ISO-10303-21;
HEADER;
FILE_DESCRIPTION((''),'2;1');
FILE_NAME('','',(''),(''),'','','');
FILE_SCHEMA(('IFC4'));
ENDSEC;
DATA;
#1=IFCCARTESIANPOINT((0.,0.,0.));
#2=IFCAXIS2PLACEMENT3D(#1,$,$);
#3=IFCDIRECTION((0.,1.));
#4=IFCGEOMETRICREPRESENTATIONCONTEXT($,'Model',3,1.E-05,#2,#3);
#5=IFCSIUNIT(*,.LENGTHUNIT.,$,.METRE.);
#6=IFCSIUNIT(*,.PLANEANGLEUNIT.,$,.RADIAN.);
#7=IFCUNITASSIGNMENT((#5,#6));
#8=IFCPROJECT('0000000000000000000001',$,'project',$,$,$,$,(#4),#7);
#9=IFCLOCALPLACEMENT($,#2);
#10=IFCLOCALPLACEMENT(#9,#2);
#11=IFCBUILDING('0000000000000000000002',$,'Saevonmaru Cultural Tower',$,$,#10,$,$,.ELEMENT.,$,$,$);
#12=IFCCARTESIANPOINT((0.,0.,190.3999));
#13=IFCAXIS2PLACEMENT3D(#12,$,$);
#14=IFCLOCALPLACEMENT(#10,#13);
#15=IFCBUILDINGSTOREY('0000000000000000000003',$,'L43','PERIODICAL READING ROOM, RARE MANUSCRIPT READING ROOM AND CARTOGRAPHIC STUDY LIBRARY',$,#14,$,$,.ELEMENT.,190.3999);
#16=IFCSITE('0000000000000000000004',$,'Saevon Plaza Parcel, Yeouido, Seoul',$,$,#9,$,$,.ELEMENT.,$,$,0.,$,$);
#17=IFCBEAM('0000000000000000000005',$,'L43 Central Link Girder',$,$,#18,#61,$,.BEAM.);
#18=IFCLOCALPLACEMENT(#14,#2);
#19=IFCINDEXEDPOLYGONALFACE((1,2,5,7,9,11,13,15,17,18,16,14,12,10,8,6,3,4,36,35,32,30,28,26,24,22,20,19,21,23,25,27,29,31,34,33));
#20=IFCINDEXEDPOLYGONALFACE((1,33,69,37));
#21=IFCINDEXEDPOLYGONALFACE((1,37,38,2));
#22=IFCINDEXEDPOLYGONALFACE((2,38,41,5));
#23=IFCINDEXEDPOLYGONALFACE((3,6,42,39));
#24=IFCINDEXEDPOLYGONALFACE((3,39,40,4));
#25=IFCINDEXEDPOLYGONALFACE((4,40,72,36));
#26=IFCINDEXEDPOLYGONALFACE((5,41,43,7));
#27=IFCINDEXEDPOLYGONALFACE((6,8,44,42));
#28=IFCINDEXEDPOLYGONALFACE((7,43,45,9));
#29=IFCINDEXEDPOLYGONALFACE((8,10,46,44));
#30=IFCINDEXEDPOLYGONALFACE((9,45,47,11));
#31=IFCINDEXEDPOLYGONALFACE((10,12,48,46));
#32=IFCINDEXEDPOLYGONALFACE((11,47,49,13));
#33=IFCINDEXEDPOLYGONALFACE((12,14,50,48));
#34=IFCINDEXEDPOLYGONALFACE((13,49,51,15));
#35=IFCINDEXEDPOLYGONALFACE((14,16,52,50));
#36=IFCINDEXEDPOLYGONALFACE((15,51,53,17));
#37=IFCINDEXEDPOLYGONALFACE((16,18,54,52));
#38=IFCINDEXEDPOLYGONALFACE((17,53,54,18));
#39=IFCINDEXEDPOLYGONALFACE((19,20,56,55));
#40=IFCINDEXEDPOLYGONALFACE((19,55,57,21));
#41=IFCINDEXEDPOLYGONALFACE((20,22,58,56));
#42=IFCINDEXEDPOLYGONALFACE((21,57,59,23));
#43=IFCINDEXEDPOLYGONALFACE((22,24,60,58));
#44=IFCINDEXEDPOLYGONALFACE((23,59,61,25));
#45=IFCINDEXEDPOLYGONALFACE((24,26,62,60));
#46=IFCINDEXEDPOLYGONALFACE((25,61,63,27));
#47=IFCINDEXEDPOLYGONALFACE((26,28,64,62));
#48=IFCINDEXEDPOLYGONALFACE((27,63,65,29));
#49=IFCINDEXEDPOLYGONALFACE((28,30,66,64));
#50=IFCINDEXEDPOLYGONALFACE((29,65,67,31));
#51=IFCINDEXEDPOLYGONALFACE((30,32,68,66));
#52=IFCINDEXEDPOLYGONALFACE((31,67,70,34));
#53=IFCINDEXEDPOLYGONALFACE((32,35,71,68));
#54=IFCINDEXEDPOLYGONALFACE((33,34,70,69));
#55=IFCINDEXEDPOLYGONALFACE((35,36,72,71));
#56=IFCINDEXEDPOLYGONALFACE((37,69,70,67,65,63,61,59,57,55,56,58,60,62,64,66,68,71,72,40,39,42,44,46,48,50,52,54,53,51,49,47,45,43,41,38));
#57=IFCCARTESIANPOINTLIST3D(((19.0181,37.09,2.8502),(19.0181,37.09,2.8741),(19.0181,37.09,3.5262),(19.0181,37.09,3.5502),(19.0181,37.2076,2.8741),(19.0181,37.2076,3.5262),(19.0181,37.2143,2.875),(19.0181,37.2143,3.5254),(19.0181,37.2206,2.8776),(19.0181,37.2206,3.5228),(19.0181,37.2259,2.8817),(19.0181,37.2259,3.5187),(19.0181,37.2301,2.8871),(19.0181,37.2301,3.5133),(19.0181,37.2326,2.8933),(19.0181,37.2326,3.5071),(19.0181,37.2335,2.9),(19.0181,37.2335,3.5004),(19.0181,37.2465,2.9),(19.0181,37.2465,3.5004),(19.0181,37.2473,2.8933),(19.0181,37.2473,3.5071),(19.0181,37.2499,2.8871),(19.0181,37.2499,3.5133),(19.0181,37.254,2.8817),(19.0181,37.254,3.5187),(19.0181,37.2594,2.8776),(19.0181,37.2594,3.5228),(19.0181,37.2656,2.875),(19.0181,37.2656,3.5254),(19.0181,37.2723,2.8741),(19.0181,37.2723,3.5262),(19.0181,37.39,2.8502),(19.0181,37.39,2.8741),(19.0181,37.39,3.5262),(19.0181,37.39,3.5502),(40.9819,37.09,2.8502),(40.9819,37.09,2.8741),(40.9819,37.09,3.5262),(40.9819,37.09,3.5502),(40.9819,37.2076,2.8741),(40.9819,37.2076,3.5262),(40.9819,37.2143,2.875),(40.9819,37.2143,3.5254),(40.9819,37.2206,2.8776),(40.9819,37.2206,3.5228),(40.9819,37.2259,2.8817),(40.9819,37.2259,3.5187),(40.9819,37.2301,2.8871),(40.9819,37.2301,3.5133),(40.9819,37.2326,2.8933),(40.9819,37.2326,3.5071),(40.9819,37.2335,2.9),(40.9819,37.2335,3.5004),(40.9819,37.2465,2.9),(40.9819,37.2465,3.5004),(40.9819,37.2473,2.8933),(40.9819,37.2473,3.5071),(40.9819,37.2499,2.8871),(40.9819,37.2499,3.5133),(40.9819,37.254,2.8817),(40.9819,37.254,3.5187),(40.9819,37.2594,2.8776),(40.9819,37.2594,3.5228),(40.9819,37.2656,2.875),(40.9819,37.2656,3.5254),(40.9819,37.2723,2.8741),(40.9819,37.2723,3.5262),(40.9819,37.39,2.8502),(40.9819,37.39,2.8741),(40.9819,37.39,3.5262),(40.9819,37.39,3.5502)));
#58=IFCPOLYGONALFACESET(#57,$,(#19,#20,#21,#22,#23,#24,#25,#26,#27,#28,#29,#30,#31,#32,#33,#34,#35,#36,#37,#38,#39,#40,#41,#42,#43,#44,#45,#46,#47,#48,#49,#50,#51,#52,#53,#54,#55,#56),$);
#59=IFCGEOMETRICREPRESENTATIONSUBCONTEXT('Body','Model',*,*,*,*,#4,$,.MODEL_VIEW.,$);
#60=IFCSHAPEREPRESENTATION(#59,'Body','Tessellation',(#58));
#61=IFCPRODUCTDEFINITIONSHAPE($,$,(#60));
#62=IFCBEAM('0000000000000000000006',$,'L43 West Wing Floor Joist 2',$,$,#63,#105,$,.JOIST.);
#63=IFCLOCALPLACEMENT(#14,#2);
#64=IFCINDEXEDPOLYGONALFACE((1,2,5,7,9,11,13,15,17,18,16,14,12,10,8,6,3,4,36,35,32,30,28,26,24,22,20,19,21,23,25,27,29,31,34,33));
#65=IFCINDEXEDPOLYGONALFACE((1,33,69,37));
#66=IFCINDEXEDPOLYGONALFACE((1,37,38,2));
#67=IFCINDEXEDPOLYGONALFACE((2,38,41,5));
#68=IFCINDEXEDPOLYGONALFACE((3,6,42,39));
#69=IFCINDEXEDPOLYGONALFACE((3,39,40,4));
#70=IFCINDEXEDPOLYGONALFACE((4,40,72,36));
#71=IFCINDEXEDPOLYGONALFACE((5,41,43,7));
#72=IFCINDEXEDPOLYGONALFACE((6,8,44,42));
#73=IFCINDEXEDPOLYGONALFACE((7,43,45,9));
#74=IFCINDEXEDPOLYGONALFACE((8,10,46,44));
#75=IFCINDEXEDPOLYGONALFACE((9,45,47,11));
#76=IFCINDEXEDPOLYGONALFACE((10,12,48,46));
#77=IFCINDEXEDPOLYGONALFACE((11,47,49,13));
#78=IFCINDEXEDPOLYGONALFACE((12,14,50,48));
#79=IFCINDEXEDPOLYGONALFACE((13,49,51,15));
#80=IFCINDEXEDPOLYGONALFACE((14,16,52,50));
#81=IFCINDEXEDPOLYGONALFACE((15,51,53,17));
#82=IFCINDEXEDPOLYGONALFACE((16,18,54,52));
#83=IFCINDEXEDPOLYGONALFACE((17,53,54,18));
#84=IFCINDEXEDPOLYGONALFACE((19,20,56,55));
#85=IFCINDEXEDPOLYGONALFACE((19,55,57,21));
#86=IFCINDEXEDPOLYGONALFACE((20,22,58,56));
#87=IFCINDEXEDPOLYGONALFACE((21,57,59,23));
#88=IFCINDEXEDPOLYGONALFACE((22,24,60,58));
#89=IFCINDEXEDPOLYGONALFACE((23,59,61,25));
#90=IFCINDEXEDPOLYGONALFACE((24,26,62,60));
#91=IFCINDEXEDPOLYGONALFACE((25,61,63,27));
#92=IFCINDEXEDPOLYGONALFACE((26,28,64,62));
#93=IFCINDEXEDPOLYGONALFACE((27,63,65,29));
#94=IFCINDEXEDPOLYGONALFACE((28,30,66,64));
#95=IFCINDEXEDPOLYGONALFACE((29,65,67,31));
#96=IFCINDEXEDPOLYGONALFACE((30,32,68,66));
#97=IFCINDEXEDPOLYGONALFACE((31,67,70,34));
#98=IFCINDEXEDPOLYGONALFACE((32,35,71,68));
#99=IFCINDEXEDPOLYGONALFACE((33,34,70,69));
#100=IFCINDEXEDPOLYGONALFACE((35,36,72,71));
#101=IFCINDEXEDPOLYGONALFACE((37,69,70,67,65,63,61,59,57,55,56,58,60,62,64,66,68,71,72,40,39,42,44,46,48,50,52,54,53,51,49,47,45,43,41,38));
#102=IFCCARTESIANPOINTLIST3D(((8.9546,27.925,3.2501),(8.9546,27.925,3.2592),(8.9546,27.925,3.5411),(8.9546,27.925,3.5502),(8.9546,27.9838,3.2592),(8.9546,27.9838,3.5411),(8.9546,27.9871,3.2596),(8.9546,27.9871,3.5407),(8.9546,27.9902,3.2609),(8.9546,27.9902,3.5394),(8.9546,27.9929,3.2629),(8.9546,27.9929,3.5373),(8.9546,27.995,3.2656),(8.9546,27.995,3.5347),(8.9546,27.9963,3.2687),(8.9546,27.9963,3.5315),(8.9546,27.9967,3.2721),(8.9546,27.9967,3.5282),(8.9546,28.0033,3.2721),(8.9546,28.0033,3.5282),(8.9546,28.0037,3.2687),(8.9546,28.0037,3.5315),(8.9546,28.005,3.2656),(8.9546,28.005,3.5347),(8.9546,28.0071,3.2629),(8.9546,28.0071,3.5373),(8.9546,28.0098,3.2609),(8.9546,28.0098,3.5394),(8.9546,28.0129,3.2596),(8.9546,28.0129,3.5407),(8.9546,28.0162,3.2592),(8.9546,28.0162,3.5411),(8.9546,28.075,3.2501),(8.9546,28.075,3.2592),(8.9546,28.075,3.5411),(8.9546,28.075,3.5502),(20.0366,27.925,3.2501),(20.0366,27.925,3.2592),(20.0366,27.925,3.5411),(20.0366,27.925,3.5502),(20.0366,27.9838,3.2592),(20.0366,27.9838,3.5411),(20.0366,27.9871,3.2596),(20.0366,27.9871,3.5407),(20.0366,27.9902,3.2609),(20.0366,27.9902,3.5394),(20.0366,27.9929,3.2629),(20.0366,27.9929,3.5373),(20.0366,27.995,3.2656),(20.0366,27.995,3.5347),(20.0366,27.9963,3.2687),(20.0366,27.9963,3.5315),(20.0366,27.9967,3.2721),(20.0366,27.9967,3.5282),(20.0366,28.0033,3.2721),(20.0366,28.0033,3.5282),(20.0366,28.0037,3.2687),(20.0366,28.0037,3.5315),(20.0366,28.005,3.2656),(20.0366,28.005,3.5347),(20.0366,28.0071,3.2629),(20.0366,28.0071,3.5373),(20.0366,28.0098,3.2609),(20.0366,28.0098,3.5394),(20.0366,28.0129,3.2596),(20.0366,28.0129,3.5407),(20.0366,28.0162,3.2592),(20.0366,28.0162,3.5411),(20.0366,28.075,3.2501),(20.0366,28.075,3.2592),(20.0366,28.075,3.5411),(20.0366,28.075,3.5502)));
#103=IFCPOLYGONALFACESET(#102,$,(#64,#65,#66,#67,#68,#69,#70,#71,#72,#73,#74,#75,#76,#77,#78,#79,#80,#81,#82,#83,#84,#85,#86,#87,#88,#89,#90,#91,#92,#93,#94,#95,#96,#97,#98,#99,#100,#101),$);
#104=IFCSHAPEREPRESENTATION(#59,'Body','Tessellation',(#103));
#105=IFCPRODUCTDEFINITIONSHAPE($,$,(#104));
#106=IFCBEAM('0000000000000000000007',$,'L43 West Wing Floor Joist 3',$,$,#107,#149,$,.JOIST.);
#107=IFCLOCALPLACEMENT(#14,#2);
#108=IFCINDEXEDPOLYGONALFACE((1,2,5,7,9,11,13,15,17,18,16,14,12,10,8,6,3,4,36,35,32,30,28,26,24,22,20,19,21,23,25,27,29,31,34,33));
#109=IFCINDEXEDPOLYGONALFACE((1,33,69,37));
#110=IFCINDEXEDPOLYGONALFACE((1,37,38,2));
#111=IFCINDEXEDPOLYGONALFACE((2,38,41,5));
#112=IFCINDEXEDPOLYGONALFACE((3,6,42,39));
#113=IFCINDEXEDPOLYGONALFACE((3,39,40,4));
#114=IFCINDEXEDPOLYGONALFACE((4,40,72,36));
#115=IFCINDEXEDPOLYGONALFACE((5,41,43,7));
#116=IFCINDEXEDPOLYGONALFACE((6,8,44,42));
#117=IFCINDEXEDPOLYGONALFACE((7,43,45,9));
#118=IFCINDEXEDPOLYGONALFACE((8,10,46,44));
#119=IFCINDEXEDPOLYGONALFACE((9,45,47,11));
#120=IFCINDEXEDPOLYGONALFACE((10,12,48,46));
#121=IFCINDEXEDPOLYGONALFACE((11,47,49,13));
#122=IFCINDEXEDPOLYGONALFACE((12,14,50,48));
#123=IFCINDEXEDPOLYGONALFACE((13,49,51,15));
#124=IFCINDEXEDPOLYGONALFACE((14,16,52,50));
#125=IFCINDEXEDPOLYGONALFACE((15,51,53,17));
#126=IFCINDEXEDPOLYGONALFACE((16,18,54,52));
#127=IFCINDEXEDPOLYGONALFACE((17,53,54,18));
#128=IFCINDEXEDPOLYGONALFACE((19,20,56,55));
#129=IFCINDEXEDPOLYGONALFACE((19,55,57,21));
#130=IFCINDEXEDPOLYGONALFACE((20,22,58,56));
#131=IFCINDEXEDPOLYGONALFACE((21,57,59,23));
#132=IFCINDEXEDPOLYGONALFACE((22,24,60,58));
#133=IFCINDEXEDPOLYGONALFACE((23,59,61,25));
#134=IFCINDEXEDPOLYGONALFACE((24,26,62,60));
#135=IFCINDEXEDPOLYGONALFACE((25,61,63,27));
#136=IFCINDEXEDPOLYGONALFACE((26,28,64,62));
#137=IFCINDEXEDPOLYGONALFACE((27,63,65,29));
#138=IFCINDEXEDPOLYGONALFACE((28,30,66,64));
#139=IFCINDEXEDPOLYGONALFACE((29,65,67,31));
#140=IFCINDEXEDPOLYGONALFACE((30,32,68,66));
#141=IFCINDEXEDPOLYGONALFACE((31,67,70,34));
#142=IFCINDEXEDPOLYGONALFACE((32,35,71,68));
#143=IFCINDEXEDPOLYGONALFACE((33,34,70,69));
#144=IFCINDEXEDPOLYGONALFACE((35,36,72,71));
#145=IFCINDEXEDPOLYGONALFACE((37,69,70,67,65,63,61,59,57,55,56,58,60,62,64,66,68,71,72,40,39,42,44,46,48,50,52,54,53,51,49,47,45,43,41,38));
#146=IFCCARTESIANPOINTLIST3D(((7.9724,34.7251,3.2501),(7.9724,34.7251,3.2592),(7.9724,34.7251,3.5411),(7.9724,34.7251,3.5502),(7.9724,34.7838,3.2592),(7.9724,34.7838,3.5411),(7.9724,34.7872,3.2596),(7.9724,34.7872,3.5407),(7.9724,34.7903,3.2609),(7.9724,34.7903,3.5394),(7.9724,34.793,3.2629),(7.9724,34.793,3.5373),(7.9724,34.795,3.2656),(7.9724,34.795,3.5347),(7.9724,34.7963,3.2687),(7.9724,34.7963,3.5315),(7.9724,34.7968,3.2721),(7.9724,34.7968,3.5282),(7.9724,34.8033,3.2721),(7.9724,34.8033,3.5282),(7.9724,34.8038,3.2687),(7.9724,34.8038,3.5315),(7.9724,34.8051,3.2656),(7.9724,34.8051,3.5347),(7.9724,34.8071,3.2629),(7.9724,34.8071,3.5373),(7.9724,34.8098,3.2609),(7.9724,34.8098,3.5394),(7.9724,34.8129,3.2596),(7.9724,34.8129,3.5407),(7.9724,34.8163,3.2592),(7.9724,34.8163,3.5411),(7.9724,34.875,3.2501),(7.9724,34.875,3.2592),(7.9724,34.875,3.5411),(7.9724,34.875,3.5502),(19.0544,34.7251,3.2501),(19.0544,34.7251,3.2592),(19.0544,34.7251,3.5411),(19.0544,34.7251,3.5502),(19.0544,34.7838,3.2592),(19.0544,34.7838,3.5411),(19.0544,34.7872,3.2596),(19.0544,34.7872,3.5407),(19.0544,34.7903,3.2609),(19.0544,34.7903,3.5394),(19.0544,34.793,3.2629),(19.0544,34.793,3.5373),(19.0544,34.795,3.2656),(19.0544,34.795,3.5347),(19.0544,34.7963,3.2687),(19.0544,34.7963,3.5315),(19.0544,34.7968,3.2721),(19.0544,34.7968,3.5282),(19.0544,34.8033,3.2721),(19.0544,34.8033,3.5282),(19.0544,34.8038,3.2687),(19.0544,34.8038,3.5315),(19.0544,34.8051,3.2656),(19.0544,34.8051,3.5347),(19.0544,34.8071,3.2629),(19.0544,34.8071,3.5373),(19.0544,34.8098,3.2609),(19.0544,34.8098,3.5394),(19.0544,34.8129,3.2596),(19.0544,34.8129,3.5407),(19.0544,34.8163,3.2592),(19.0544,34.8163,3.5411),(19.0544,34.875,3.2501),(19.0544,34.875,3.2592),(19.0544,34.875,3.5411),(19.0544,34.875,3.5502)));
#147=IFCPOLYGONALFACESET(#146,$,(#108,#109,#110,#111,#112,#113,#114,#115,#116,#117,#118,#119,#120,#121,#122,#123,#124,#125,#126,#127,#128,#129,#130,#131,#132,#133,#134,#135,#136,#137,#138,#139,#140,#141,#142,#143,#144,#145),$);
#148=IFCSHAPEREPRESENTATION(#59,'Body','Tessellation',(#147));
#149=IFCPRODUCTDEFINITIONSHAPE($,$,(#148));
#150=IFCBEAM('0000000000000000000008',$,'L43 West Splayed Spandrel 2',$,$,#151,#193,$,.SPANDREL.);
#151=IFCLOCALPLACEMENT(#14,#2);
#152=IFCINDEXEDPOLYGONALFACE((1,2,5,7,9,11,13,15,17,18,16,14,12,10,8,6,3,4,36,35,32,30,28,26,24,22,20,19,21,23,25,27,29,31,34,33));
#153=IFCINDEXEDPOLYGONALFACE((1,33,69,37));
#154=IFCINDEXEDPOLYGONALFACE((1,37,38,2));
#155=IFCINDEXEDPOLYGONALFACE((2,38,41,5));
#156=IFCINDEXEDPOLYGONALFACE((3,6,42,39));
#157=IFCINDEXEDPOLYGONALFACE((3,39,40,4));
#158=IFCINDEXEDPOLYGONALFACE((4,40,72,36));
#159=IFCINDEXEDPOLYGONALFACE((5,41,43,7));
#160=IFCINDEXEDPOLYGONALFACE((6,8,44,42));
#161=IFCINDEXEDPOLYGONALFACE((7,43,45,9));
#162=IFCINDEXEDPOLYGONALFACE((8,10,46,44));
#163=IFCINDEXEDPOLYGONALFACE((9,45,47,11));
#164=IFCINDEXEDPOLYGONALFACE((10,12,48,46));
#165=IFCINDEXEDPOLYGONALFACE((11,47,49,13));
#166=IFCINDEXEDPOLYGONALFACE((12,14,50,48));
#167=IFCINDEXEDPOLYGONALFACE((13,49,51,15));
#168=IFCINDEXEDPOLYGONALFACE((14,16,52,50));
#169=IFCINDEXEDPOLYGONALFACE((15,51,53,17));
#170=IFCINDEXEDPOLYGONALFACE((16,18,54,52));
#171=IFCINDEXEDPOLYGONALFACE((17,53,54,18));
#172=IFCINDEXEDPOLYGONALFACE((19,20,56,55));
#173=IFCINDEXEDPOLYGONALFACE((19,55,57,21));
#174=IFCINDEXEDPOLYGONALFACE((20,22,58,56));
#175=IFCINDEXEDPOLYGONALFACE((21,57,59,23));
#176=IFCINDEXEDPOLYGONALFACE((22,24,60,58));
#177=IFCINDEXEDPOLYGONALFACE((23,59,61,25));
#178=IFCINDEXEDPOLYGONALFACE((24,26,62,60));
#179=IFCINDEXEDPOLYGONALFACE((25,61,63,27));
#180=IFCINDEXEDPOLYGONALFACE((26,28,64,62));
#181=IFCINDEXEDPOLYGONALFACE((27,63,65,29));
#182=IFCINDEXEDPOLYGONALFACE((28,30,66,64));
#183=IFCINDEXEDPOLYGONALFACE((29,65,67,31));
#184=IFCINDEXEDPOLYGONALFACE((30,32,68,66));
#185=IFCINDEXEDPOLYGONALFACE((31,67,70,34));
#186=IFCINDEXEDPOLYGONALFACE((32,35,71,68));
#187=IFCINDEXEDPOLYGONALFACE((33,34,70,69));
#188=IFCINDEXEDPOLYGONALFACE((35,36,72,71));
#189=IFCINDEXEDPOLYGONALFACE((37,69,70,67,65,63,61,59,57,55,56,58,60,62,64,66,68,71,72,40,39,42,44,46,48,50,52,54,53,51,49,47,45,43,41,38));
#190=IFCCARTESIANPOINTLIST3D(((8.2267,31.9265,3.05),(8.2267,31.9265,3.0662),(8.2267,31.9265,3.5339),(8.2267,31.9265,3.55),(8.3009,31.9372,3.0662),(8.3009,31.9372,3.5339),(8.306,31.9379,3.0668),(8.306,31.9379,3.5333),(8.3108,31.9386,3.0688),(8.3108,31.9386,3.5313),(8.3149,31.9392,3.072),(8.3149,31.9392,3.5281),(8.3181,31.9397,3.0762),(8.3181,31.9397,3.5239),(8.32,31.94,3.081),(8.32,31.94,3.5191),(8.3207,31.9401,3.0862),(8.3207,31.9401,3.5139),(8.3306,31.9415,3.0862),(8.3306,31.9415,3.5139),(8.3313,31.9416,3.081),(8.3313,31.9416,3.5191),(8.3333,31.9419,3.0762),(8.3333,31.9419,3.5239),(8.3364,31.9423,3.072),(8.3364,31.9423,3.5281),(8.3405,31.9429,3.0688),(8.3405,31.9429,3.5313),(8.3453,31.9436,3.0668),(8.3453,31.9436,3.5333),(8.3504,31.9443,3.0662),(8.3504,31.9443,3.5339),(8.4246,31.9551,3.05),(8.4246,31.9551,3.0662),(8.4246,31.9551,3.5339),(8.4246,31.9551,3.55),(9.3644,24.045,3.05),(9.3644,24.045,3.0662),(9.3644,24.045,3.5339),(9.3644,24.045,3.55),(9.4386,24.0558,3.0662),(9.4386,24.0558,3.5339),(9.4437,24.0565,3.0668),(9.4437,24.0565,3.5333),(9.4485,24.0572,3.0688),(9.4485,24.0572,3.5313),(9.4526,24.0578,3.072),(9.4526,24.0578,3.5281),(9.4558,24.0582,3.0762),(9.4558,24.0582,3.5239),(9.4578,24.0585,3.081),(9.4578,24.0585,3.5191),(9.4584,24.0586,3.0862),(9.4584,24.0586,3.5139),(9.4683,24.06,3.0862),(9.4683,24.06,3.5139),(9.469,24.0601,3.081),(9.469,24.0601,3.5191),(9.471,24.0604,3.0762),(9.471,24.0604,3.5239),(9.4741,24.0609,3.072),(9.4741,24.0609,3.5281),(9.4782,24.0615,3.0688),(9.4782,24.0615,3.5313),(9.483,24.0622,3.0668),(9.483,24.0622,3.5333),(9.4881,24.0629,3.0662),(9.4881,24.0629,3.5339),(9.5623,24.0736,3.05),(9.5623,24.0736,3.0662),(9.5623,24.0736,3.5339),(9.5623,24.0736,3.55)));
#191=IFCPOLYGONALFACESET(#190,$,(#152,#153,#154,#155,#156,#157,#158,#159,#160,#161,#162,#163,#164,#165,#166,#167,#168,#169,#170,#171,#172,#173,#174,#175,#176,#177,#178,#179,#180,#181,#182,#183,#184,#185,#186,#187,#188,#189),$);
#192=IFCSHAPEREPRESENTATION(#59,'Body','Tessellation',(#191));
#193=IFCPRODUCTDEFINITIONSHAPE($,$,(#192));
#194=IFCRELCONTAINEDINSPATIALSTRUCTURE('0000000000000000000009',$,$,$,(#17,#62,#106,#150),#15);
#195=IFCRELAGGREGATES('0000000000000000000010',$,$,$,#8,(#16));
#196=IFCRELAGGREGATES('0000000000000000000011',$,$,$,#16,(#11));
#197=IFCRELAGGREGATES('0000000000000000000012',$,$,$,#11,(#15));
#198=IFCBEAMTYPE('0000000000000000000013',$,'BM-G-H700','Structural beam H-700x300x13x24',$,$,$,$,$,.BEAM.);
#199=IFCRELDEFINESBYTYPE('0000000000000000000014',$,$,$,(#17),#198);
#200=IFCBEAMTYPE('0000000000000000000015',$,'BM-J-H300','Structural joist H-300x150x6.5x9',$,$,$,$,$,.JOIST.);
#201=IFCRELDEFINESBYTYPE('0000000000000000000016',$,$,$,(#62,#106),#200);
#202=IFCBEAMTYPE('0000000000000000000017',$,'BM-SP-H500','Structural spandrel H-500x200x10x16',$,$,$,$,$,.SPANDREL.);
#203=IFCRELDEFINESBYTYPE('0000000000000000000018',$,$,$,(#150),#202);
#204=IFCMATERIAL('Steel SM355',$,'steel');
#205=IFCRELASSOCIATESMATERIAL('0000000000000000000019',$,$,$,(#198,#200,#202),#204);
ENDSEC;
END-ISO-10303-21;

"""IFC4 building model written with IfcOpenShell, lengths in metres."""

from ifc_helpers import new_model, si_unit, direction, frame, origin, origin_2d, place, context, subcontext, project, spatial, i_section, extrude, material, material_profile, profile_set, type_object, element, save


model = new_model("IFC4")

# Units and contexts
model_context = context("Model", 3, precision=1e-05, world=origin(), true_north=direction((0.0, 1.0)))
body_context = subcontext(model_context, "Body", "Model", "MODEL_VIEW")
ifc_project = project(units=[si_unit("LENGTHUNIT", "METRE"), si_unit("PLANEANGLEUNIT", "RADIAN")], contexts=[model_context])

# Site, building, storey
site_placement = place(None, origin())
site = spatial("IfcSite", under=ifc_project, at=site_placement, Name="Saevon Plaza Parcel, Yeouido, Seoul", CompositionType="ELEMENT", RefElevation=0.0)
building_placement = place(site_placement, origin())
building = spatial("IfcBuilding", under=site, at=building_placement, Name="Saevonmaru Cultural Tower", CompositionType="ELEMENT")
storey_placement = place(building_placement, frame((0.0, 0.0, 190.3999)))
storey = spatial("IfcBuildingStorey", under=building, at=storey_placement, Name="L43", Description="PERIODICAL READING ROOM, RARE MANUSCRIPT READING ROOM AND CARTOGRAPHIC STUDY LIBRARY", CompositionType="ELEMENT", Elevation=190.3999)

# Shared definitions
ifc_material_1 = material(Name="Steel SM355", Category="steel")

# Beams
ifc_material_profile_1 = material_profile(ifc_material_1, i_section(OverallWidth=0.3, OverallDepth=0.7, WebThickness=0.0129, FlangeThickness=0.0239, FilletRadius=0.0259, at=origin_2d()), Name="H-700x300x13x24")
ifc_profile_set_1 = profile_set([ifc_material_profile_1], Name="Steel SM355")
beam_type_1 = type_object("IfcBeamType", Name="BM-G-H700", Description="Structural beam H-700x300x13x24", PredefinedType="BEAM", material=ifc_profile_set_1)
beam_1_placement = place(storey_placement, frame((19.0181, 37.24, 3.2002), z_axis=(1.0, 0.0, 0.0), x_axis=(0.0, 1.0, 0.0)))
element("IfcBeam", 1, at=beam_1_placement, inside=storey, type_object=beam_type_1, Name="L43 Central Link Girder", PredefinedType="BEAM", context=body_context, shape_type="SweptSolid", body=[
    extrude(i_section(OverallWidth=0.3, OverallDepth=0.7, WebThickness=0.0129, FlangeThickness=0.0239, FilletRadius=0.0259, at=origin_2d()), origin(), (0.0, 0.0, 1.0), 21.9639),
])
ifc_material_profile_2 = material_profile(ifc_material_1, i_section(OverallWidth=0.1499, OverallDepth=0.3, WebThickness=0.0066, FlangeThickness=0.009, FilletRadius=0.0129, at=origin_2d()), Name="H-300x150x6.5x9")
ifc_profile_set_2 = profile_set([ifc_material_profile_2], Name="Steel SM355")
beam_type_2 = type_object("IfcBeamType", Name="BM-J-H300", Description="Structural joist H-300x150x6.5x9", PredefinedType="JOIST", material=ifc_profile_set_2)
for number, where, z_axis, x_axis, name in (
    (2, (8.9546, 28.0, 3.4001), (1.0, 0.0, 0.0), (0.0, 1.0, 0.0), "L43 West Wing Floor Joist 2"),
    (3, (7.9724, 34.8, 3.4001), (1.0, 0.0, 0.0), (0.0, 1.0, 0.0), "L43 West Wing Floor Joist 3"),
):
    element("IfcBeam", number, at=place(storey_placement, frame(where, z_axis=z_axis, x_axis=x_axis)), inside=storey, type_object=beam_type_2, Name=name, PredefinedType="JOIST", context=body_context, shape_type="SweptSolid", body=[
        extrude(i_section(OverallWidth=0.1499, OverallDepth=0.3, WebThickness=0.0066, FlangeThickness=0.009, FilletRadius=0.0129, at=origin_2d()), origin(), (0.0, 0.0, 1.0), 11.082),
    ])
ifc_material_profile_3 = material_profile(ifc_material_1, i_section(OverallWidth=0.2, OverallDepth=0.5, WebThickness=0.01, FlangeThickness=0.0161, FilletRadius=0.02, at=origin_2d()), Name="H-500x200x10x16")
ifc_profile_set_3 = profile_set([ifc_material_profile_3], Name="Steel SM355")
beam_type_3 = type_object("IfcBeamType", Name="BM-SP-H500", Description="Structural spandrel H-500x200x10x16", PredefinedType="SPANDREL", material=ifc_profile_set_3)
beam_2_placement = place(storey_placement, frame((9.4634, 24.0593, 3.3), z_axis=(-0.142872, 0.989741, 0.0), x_axis=(-0.989741, -0.142872, 0.0)))
element("IfcBeam", 4, at=beam_2_placement, inside=storey, type_object=beam_type_3, Name="L43 West Splayed Spandrel 2", PredefinedType="SPANDREL", context=body_context, shape_type="SweptSolid", body=[
    extrude(i_section(OverallWidth=0.2, OverallDepth=0.5, WebThickness=0.01, FlangeThickness=0.0161, FilletRadius=0.02, at=origin_2d()), origin(), (0.0, 0.0, 1.0), 7.9631),
])

save(model, "model.ifc")
